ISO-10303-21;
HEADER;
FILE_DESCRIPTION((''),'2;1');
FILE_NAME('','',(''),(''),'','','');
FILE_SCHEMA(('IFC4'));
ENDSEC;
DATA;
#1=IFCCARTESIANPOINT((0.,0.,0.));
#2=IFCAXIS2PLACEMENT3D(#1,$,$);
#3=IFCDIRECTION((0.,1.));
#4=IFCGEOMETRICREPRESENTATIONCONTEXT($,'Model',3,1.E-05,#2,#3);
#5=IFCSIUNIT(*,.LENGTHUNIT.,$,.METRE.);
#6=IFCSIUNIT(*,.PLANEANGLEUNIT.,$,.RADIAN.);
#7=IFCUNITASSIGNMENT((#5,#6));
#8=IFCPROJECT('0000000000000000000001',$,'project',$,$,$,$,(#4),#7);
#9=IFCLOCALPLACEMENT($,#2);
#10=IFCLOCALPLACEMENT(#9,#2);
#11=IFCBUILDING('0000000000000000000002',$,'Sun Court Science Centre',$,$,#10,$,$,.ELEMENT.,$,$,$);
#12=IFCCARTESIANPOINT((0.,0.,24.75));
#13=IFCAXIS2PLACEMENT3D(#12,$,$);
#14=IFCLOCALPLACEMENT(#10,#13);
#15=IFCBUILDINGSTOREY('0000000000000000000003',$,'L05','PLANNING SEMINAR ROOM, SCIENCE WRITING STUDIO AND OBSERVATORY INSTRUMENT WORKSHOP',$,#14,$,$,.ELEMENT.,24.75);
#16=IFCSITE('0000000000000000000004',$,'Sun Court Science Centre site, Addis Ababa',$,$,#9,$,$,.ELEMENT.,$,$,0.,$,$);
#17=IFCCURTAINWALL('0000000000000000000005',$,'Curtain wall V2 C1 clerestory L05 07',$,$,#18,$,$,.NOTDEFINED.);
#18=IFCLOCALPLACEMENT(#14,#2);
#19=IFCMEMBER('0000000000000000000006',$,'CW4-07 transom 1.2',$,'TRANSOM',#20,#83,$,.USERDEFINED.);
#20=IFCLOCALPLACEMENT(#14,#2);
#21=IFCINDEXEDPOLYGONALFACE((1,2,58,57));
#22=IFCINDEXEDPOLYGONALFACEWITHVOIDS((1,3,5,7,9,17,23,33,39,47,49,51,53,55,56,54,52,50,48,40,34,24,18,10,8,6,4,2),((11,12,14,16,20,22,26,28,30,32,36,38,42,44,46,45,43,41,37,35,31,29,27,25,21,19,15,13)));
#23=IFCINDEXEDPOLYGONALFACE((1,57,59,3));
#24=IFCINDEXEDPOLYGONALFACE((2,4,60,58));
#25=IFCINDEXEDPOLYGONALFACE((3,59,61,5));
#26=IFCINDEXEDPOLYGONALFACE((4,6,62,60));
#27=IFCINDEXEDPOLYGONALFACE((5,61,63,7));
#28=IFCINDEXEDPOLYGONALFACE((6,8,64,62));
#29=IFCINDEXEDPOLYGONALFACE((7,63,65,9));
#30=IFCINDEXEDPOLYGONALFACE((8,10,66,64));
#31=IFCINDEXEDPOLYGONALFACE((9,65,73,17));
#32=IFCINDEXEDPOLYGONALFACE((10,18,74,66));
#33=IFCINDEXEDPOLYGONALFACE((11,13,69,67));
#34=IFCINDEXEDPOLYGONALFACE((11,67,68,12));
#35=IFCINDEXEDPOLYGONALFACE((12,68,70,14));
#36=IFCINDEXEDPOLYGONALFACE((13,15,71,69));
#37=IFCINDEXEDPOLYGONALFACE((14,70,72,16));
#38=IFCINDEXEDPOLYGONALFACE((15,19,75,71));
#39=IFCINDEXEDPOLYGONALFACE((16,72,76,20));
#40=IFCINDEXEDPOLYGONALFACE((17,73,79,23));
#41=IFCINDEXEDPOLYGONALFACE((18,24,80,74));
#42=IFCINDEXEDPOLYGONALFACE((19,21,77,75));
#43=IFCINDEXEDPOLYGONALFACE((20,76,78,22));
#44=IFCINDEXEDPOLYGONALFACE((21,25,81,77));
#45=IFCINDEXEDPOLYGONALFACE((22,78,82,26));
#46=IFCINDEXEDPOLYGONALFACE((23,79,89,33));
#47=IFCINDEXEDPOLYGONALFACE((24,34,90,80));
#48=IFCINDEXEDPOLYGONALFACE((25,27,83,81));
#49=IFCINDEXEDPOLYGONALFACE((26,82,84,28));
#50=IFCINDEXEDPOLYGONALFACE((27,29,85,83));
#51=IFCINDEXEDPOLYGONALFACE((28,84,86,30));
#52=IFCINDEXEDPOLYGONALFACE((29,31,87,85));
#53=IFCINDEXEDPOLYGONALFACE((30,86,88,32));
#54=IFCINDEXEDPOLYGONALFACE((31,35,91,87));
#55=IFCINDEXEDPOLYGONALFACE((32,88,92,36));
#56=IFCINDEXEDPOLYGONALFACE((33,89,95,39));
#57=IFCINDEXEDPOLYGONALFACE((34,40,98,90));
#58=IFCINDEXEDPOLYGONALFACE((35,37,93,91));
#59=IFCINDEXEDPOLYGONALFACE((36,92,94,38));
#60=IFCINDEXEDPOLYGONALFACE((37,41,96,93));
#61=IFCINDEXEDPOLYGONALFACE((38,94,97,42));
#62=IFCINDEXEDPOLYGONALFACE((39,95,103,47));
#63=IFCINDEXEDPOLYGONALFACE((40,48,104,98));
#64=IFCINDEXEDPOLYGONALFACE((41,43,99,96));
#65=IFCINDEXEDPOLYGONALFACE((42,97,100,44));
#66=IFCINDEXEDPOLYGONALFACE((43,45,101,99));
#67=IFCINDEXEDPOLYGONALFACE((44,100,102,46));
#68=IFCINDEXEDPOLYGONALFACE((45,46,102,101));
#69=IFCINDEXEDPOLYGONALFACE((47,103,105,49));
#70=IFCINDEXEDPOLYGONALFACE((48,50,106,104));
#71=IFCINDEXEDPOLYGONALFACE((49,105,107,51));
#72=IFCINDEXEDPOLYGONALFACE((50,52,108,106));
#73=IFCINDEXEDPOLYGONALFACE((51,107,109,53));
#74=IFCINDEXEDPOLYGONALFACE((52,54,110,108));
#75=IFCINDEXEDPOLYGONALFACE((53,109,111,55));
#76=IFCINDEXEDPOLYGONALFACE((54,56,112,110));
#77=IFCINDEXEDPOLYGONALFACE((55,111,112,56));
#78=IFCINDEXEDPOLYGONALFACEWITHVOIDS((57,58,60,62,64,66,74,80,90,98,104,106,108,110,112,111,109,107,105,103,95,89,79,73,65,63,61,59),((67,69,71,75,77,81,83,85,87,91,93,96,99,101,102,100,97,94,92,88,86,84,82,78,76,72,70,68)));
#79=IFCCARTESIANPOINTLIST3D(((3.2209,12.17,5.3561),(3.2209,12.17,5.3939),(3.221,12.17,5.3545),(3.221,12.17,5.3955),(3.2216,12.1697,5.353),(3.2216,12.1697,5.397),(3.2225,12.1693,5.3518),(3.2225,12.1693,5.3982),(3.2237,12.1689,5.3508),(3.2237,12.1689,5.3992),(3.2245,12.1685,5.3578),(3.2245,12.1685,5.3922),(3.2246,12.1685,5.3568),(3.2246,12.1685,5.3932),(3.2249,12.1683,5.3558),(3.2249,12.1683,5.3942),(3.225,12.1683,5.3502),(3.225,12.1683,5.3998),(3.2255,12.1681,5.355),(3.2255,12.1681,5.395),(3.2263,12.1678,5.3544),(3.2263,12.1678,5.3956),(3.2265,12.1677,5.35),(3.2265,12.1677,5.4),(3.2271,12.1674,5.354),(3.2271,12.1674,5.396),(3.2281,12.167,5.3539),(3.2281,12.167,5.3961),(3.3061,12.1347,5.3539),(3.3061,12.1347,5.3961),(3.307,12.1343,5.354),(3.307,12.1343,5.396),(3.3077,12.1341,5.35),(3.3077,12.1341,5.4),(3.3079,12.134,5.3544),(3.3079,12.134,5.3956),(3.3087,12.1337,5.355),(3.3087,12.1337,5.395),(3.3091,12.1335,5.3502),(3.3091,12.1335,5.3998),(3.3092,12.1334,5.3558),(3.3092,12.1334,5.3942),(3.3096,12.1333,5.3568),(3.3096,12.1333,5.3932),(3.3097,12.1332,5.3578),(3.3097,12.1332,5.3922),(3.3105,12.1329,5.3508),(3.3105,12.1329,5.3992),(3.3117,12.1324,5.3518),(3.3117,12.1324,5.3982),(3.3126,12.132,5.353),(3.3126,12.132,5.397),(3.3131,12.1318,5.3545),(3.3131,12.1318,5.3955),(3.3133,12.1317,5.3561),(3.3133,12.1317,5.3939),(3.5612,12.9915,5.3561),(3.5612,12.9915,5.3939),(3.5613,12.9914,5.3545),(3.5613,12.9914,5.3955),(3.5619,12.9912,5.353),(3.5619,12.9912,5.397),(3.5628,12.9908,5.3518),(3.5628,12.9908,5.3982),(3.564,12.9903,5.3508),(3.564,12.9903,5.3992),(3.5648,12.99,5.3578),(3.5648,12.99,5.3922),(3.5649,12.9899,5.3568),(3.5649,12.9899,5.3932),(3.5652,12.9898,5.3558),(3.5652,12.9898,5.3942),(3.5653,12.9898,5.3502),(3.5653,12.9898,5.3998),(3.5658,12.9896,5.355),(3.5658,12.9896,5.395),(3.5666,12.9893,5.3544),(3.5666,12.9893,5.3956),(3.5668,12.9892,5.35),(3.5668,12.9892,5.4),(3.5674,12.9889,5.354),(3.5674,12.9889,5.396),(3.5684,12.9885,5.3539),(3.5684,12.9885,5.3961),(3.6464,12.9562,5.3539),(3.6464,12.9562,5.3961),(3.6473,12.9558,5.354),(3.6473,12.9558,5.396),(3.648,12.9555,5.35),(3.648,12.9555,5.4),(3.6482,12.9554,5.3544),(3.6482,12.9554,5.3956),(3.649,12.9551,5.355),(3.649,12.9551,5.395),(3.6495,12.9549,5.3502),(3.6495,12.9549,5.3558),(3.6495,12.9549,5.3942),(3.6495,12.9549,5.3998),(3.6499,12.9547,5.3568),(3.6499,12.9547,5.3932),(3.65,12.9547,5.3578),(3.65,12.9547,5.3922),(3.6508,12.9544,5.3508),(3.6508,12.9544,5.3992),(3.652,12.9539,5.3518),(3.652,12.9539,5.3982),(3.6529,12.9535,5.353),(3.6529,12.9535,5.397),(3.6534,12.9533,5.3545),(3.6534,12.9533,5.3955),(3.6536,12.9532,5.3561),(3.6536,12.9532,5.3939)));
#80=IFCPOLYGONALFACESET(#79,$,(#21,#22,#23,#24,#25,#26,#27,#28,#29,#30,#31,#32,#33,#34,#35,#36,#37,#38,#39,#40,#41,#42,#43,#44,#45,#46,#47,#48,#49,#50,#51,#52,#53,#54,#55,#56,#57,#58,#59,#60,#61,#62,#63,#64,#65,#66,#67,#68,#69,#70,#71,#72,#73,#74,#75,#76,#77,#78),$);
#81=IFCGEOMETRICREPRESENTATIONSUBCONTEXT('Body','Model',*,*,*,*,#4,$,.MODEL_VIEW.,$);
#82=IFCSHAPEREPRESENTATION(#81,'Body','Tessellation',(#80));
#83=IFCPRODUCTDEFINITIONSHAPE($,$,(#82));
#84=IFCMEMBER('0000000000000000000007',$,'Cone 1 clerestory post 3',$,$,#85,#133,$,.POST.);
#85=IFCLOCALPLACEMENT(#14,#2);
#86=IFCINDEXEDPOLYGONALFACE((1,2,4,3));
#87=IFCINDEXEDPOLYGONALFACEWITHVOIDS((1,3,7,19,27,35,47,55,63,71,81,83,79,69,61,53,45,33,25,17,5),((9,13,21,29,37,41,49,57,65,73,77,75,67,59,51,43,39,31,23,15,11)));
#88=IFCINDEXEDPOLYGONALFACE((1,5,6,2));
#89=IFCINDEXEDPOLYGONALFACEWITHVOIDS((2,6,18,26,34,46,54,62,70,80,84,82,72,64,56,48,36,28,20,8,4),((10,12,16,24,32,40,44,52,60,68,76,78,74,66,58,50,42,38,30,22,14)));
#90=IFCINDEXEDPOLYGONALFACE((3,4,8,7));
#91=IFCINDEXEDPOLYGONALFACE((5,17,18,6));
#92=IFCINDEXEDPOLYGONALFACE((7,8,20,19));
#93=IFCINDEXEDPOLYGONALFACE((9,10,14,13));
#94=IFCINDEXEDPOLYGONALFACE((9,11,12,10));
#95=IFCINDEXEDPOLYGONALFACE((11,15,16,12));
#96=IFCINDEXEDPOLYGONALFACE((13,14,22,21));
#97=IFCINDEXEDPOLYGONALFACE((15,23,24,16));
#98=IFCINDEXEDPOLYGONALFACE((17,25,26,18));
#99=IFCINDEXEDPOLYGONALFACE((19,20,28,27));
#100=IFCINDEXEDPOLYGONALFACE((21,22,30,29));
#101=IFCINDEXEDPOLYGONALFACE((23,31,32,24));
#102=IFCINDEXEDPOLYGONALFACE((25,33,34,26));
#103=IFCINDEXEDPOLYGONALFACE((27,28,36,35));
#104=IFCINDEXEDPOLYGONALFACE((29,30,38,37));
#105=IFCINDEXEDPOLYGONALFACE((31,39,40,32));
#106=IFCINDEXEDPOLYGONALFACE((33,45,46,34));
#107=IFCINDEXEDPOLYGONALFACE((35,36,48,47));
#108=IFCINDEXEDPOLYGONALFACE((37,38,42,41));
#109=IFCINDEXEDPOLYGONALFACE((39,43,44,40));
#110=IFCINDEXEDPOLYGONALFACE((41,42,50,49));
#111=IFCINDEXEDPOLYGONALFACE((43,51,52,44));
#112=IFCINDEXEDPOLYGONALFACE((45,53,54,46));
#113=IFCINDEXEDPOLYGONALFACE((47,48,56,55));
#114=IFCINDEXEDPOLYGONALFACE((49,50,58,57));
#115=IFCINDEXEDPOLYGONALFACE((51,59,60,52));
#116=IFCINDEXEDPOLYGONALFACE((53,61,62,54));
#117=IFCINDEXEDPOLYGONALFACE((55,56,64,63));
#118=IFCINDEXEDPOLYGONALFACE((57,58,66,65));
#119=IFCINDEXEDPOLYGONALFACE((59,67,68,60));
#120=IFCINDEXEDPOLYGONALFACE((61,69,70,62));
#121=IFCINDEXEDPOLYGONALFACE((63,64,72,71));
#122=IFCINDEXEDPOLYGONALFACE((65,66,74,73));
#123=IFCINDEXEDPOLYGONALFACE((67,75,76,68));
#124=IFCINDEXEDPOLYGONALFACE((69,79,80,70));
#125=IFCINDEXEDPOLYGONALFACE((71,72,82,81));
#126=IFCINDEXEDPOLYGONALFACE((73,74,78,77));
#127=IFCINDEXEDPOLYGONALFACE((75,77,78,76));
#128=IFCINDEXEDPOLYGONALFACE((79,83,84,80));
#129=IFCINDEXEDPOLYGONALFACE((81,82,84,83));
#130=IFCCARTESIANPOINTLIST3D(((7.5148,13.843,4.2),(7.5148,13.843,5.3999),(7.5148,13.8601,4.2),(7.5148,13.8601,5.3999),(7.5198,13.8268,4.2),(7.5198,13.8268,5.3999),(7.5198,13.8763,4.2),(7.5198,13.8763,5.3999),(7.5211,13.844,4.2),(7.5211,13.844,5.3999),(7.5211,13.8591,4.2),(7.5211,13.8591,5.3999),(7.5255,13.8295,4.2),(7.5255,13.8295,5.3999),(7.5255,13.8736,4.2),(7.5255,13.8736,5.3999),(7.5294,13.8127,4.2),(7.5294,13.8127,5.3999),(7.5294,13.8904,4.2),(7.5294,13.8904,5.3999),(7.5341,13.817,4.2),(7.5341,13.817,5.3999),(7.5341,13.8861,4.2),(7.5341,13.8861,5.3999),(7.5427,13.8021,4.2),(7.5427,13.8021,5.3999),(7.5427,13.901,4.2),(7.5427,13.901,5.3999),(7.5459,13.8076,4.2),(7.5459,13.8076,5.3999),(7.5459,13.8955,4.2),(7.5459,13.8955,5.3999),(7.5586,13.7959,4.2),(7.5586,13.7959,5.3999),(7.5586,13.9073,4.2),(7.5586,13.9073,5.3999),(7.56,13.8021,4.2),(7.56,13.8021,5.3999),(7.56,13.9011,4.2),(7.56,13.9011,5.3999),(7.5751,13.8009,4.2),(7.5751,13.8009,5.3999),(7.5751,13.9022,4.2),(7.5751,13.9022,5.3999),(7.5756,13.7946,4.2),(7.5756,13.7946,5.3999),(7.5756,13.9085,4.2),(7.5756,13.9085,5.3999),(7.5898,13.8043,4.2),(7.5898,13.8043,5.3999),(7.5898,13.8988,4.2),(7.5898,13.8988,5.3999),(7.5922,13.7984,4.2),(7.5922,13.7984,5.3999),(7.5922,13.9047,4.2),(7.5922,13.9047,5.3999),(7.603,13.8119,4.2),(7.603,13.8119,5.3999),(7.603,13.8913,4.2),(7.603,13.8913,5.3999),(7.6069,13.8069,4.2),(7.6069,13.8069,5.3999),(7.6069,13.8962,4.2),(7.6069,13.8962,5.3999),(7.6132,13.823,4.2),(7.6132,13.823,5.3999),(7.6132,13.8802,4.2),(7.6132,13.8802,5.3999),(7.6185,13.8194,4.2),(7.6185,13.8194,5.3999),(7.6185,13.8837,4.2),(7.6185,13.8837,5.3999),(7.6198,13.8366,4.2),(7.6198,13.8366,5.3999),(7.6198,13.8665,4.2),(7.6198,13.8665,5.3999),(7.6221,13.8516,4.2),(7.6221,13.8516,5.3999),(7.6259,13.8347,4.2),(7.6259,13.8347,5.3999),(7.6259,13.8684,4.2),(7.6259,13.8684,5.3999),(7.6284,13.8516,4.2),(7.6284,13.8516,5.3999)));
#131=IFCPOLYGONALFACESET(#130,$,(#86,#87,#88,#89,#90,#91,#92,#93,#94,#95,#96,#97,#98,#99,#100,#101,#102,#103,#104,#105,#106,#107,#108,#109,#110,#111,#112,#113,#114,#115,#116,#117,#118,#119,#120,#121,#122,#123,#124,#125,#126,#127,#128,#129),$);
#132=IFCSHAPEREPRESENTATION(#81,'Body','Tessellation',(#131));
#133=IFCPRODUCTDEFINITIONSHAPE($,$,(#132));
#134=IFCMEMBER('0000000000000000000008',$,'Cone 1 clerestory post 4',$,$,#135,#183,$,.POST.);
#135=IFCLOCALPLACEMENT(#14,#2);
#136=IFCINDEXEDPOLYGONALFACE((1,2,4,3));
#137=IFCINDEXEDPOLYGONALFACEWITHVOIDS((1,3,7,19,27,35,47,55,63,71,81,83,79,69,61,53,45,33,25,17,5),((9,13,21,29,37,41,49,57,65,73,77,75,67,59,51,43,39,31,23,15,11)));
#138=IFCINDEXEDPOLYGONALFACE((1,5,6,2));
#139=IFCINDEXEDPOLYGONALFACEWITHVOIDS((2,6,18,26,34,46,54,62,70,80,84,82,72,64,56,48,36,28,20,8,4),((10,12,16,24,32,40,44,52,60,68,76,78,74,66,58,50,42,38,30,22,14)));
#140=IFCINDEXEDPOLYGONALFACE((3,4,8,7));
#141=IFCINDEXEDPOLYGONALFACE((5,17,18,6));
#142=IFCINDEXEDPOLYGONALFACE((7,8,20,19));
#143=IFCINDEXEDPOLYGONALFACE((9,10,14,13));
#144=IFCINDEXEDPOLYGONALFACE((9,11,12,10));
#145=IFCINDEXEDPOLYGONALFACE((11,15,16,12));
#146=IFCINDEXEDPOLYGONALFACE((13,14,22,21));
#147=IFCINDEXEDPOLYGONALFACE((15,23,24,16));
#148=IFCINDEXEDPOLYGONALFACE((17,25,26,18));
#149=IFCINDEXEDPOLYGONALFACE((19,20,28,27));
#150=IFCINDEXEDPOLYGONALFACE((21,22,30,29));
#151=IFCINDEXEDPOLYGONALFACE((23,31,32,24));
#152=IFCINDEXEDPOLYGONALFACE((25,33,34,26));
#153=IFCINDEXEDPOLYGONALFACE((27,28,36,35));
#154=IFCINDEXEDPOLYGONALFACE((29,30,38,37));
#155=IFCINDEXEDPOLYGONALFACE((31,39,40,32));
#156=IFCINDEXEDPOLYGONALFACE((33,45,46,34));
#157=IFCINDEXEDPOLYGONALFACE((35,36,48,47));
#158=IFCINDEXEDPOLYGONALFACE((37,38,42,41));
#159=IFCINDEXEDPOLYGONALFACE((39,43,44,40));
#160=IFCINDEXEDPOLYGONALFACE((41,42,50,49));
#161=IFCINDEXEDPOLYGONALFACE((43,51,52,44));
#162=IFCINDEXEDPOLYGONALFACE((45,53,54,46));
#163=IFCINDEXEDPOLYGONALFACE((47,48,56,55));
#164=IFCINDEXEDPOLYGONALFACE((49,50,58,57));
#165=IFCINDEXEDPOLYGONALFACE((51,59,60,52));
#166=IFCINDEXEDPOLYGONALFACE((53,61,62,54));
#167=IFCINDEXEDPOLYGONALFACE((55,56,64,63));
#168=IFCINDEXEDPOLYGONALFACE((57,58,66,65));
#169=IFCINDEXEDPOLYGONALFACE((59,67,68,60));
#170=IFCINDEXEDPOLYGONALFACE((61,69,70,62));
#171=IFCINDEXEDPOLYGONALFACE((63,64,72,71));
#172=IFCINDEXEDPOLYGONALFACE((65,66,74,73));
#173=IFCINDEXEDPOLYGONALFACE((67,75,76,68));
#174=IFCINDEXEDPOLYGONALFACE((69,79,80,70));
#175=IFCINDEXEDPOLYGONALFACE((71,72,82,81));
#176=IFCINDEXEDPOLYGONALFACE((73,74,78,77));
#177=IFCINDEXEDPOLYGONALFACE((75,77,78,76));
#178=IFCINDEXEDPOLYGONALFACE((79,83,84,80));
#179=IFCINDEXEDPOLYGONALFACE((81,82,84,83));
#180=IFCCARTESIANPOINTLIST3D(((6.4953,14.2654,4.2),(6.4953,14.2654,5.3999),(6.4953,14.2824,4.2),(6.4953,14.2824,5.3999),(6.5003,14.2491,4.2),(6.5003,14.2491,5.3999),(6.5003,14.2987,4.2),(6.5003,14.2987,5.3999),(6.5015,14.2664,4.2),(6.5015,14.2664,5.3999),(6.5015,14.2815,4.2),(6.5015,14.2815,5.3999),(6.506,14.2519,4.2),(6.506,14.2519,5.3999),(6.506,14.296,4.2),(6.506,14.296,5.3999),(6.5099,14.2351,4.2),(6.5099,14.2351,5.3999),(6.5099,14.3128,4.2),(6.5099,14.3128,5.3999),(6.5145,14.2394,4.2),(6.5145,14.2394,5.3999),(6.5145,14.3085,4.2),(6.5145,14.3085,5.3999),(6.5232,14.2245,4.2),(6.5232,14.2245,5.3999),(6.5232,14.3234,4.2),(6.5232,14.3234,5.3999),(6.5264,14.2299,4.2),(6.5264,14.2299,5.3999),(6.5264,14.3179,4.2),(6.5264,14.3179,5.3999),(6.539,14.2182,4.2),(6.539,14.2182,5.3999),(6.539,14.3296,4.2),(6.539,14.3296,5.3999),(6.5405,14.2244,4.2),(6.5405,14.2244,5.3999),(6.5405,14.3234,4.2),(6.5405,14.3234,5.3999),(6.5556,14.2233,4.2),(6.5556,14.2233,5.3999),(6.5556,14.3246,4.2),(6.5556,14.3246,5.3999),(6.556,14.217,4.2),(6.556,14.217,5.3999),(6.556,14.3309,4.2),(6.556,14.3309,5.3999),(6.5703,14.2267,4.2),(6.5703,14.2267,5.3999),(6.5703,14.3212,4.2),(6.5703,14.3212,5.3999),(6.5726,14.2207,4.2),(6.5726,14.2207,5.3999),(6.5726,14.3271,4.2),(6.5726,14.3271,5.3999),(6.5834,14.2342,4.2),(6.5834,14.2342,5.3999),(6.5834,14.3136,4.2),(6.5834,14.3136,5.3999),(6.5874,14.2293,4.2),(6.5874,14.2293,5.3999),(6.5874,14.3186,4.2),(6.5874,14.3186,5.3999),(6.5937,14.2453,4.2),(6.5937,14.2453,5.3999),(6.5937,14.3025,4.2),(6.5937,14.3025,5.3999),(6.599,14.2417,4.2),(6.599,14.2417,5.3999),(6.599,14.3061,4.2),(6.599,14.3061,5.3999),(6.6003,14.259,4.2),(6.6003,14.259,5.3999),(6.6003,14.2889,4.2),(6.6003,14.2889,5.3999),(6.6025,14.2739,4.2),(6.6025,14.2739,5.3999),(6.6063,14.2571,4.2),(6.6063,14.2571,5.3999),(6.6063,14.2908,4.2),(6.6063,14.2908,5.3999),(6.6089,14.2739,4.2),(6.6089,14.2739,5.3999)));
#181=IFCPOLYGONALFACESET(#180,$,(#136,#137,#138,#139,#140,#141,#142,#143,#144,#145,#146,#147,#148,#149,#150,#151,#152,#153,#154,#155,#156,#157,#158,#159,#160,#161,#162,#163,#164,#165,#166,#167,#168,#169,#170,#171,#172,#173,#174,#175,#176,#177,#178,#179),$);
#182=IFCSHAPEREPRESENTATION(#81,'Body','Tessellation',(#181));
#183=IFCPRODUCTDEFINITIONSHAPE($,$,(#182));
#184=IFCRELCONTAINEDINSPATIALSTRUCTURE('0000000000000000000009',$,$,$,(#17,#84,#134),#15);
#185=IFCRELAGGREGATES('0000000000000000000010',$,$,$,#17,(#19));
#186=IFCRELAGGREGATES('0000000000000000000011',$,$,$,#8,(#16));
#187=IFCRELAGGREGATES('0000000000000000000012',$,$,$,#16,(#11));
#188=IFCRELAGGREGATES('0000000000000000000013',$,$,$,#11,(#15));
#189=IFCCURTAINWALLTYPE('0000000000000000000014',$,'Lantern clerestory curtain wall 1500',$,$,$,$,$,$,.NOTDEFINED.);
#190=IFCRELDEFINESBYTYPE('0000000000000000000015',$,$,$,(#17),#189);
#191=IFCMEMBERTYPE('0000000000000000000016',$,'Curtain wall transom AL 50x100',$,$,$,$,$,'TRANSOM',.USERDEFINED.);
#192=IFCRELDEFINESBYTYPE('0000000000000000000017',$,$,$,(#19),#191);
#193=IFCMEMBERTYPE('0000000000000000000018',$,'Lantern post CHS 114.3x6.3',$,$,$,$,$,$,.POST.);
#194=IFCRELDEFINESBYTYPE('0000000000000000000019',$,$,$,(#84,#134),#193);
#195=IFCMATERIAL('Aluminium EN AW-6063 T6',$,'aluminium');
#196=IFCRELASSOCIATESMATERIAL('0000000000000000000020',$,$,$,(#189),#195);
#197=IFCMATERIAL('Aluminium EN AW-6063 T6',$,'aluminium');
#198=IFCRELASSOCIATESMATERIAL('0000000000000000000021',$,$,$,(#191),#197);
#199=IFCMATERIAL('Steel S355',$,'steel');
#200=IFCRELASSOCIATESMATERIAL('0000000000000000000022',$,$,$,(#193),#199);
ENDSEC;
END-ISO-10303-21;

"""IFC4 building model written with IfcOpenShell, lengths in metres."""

from ifc_helpers import new_model, si_unit, direction, frame, origin, origin_2d, place, context, subcontext, project, spatial, hollow_rectangle, hollow_circle, extrude, material, material_profile, profile_set, type_object, element, aggregate, save


model = new_model("IFC4")

# Units and contexts
model_context = context("Model", 3, precision=1e-05, world=origin(), true_north=direction((0.0, 1.0)))
body_context = subcontext(model_context, "Body", "Model", "MODEL_VIEW")
ifc_project = project(units=[si_unit("LENGTHUNIT", "METRE"), si_unit("PLANEANGLEUNIT", "RADIAN")], contexts=[model_context])

# Site, building, storey
site_placement = place(None, origin())
site = spatial("IfcSite", under=ifc_project, at=site_placement, Name="Sun Court Science Centre site, Addis Ababa", CompositionType="ELEMENT", RefElevation=0.0)
building_placement = place(site_placement, origin())
building = spatial("IfcBuilding", under=site, at=building_placement, Name="Sun Court Science Centre", CompositionType="ELEMENT")
storey_placement = place(building_placement, frame((0.0, 0.0, 24.75)))
storey = spatial("IfcBuildingStorey", under=building, at=storey_placement, Name="L05", Description="PLANNING SEMINAR ROOM, SCIENCE WRITING STUDIO AND OBSERVATORY INSTRUMENT WORKSHOP", CompositionType="ELEMENT", Elevation=24.75)

# Shared definitions
ifc_material_1 = material(Name="Aluminium EN AW-6063 T6", Category="aluminium")
curtain_wall_type = type_object("IfcCurtainWallType", Name="Lantern clerestory curtain wall 1500", PredefinedType="NOTDEFINED", material=ifc_material_1)

# Shared definitions
ifc_material_2 = material(Name="Aluminium EN AW-6063 T6", Category="aluminium")
ifc_material_profile_1 = material_profile(ifc_material_2, hollow_rectangle(XDim=0.05, YDim=0.1001, WallThickness=0.0039, InnerFilletRadius=0.0039, OuterFilletRadius=0.0061, at=origin_2d()), Name="AL 50x100x4")
ifc_profile_set_1 = profile_set([ifc_material_profile_1], Name="Aluminium EN AW-6063 T6")
member_type_1 = type_object("IfcMemberType", Name="Curtain wall transom AL 50x100", ElementType="TRANSOM", PredefinedType="USERDEFINED", material=ifc_profile_set_1)

# Curtain wall, member
curtain_wall_1_placement = place(storey_placement, origin())
curtain_wall_1 = element("IfcCurtainWall", 1, at=curtain_wall_1_placement, inside=storey, type_object=curtain_wall_type, Name="Curtain wall V2 C1 clerestory L05 07", PredefinedType="NOTDEFINED")
member_1_placement = place(storey_placement, frame((3.2671, 12.1509, 5.375), z_axis=(0.382724, 0.923863, 0.0), x_axis=(0.0, 0.0, 1.0)))
member_1 = element("IfcMember", 2, at=member_1_placement, type_object=member_type_1, Name="CW4-07 transom 1.2", ObjectType="TRANSOM", PredefinedType="USERDEFINED", context=body_context, shape_type="SweptSolid", body=[
    extrude(hollow_rectangle(XDim=0.05, YDim=0.1001, WallThickness=0.0039, InnerFilletRadius=0.0039, OuterFilletRadius=0.0061, at=origin_2d()), origin(), (0.0, 0.0, 1.0), 0.8892),
])

# Members
ifc_material_3 = material(Name="Steel S355", Category="steel")
ifc_material_profile_2 = material_profile(ifc_material_3, hollow_circle(Radius=0.0571, WallThickness=0.0063, at=origin_2d()), Name="CHS 114.3x6.3")
ifc_profile_set_2 = profile_set([ifc_material_profile_2], Name="Steel S355")
member_type_2 = type_object("IfcMemberType", Name="Lantern post CHS 114.3x6.3", PredefinedType="POST", material=ifc_profile_set_2)
for number, where, z_axis, x_axis, name in (
    (3, (7.5713, 13.8516, 4.2), (0.0, 0.0, 1.0), (1.0, 0.0, 0.0), "Cone 1 clerestory post 3"),
    (4, (6.5518, 14.2739, 4.2), (0.0, 0.0, 1.0), (1.0, 0.0, 0.0), "Cone 1 clerestory post 4"),
):
    element("IfcMember", number, at=place(storey_placement, frame(where, z_axis=z_axis, x_axis=x_axis)), inside=storey, type_object=member_type_2, Name=name, PredefinedType="POST", context=body_context, shape_type="SweptSolid", body=[
        extrude(hollow_circle(Radius=0.0571, WallThickness=0.0063, at=origin_2d()), origin(), (0.0, 0.0, 1.0), 1.2),
    ])

aggregate(curtain_wall_1, [member_1])

save(model, "model.ifc")
